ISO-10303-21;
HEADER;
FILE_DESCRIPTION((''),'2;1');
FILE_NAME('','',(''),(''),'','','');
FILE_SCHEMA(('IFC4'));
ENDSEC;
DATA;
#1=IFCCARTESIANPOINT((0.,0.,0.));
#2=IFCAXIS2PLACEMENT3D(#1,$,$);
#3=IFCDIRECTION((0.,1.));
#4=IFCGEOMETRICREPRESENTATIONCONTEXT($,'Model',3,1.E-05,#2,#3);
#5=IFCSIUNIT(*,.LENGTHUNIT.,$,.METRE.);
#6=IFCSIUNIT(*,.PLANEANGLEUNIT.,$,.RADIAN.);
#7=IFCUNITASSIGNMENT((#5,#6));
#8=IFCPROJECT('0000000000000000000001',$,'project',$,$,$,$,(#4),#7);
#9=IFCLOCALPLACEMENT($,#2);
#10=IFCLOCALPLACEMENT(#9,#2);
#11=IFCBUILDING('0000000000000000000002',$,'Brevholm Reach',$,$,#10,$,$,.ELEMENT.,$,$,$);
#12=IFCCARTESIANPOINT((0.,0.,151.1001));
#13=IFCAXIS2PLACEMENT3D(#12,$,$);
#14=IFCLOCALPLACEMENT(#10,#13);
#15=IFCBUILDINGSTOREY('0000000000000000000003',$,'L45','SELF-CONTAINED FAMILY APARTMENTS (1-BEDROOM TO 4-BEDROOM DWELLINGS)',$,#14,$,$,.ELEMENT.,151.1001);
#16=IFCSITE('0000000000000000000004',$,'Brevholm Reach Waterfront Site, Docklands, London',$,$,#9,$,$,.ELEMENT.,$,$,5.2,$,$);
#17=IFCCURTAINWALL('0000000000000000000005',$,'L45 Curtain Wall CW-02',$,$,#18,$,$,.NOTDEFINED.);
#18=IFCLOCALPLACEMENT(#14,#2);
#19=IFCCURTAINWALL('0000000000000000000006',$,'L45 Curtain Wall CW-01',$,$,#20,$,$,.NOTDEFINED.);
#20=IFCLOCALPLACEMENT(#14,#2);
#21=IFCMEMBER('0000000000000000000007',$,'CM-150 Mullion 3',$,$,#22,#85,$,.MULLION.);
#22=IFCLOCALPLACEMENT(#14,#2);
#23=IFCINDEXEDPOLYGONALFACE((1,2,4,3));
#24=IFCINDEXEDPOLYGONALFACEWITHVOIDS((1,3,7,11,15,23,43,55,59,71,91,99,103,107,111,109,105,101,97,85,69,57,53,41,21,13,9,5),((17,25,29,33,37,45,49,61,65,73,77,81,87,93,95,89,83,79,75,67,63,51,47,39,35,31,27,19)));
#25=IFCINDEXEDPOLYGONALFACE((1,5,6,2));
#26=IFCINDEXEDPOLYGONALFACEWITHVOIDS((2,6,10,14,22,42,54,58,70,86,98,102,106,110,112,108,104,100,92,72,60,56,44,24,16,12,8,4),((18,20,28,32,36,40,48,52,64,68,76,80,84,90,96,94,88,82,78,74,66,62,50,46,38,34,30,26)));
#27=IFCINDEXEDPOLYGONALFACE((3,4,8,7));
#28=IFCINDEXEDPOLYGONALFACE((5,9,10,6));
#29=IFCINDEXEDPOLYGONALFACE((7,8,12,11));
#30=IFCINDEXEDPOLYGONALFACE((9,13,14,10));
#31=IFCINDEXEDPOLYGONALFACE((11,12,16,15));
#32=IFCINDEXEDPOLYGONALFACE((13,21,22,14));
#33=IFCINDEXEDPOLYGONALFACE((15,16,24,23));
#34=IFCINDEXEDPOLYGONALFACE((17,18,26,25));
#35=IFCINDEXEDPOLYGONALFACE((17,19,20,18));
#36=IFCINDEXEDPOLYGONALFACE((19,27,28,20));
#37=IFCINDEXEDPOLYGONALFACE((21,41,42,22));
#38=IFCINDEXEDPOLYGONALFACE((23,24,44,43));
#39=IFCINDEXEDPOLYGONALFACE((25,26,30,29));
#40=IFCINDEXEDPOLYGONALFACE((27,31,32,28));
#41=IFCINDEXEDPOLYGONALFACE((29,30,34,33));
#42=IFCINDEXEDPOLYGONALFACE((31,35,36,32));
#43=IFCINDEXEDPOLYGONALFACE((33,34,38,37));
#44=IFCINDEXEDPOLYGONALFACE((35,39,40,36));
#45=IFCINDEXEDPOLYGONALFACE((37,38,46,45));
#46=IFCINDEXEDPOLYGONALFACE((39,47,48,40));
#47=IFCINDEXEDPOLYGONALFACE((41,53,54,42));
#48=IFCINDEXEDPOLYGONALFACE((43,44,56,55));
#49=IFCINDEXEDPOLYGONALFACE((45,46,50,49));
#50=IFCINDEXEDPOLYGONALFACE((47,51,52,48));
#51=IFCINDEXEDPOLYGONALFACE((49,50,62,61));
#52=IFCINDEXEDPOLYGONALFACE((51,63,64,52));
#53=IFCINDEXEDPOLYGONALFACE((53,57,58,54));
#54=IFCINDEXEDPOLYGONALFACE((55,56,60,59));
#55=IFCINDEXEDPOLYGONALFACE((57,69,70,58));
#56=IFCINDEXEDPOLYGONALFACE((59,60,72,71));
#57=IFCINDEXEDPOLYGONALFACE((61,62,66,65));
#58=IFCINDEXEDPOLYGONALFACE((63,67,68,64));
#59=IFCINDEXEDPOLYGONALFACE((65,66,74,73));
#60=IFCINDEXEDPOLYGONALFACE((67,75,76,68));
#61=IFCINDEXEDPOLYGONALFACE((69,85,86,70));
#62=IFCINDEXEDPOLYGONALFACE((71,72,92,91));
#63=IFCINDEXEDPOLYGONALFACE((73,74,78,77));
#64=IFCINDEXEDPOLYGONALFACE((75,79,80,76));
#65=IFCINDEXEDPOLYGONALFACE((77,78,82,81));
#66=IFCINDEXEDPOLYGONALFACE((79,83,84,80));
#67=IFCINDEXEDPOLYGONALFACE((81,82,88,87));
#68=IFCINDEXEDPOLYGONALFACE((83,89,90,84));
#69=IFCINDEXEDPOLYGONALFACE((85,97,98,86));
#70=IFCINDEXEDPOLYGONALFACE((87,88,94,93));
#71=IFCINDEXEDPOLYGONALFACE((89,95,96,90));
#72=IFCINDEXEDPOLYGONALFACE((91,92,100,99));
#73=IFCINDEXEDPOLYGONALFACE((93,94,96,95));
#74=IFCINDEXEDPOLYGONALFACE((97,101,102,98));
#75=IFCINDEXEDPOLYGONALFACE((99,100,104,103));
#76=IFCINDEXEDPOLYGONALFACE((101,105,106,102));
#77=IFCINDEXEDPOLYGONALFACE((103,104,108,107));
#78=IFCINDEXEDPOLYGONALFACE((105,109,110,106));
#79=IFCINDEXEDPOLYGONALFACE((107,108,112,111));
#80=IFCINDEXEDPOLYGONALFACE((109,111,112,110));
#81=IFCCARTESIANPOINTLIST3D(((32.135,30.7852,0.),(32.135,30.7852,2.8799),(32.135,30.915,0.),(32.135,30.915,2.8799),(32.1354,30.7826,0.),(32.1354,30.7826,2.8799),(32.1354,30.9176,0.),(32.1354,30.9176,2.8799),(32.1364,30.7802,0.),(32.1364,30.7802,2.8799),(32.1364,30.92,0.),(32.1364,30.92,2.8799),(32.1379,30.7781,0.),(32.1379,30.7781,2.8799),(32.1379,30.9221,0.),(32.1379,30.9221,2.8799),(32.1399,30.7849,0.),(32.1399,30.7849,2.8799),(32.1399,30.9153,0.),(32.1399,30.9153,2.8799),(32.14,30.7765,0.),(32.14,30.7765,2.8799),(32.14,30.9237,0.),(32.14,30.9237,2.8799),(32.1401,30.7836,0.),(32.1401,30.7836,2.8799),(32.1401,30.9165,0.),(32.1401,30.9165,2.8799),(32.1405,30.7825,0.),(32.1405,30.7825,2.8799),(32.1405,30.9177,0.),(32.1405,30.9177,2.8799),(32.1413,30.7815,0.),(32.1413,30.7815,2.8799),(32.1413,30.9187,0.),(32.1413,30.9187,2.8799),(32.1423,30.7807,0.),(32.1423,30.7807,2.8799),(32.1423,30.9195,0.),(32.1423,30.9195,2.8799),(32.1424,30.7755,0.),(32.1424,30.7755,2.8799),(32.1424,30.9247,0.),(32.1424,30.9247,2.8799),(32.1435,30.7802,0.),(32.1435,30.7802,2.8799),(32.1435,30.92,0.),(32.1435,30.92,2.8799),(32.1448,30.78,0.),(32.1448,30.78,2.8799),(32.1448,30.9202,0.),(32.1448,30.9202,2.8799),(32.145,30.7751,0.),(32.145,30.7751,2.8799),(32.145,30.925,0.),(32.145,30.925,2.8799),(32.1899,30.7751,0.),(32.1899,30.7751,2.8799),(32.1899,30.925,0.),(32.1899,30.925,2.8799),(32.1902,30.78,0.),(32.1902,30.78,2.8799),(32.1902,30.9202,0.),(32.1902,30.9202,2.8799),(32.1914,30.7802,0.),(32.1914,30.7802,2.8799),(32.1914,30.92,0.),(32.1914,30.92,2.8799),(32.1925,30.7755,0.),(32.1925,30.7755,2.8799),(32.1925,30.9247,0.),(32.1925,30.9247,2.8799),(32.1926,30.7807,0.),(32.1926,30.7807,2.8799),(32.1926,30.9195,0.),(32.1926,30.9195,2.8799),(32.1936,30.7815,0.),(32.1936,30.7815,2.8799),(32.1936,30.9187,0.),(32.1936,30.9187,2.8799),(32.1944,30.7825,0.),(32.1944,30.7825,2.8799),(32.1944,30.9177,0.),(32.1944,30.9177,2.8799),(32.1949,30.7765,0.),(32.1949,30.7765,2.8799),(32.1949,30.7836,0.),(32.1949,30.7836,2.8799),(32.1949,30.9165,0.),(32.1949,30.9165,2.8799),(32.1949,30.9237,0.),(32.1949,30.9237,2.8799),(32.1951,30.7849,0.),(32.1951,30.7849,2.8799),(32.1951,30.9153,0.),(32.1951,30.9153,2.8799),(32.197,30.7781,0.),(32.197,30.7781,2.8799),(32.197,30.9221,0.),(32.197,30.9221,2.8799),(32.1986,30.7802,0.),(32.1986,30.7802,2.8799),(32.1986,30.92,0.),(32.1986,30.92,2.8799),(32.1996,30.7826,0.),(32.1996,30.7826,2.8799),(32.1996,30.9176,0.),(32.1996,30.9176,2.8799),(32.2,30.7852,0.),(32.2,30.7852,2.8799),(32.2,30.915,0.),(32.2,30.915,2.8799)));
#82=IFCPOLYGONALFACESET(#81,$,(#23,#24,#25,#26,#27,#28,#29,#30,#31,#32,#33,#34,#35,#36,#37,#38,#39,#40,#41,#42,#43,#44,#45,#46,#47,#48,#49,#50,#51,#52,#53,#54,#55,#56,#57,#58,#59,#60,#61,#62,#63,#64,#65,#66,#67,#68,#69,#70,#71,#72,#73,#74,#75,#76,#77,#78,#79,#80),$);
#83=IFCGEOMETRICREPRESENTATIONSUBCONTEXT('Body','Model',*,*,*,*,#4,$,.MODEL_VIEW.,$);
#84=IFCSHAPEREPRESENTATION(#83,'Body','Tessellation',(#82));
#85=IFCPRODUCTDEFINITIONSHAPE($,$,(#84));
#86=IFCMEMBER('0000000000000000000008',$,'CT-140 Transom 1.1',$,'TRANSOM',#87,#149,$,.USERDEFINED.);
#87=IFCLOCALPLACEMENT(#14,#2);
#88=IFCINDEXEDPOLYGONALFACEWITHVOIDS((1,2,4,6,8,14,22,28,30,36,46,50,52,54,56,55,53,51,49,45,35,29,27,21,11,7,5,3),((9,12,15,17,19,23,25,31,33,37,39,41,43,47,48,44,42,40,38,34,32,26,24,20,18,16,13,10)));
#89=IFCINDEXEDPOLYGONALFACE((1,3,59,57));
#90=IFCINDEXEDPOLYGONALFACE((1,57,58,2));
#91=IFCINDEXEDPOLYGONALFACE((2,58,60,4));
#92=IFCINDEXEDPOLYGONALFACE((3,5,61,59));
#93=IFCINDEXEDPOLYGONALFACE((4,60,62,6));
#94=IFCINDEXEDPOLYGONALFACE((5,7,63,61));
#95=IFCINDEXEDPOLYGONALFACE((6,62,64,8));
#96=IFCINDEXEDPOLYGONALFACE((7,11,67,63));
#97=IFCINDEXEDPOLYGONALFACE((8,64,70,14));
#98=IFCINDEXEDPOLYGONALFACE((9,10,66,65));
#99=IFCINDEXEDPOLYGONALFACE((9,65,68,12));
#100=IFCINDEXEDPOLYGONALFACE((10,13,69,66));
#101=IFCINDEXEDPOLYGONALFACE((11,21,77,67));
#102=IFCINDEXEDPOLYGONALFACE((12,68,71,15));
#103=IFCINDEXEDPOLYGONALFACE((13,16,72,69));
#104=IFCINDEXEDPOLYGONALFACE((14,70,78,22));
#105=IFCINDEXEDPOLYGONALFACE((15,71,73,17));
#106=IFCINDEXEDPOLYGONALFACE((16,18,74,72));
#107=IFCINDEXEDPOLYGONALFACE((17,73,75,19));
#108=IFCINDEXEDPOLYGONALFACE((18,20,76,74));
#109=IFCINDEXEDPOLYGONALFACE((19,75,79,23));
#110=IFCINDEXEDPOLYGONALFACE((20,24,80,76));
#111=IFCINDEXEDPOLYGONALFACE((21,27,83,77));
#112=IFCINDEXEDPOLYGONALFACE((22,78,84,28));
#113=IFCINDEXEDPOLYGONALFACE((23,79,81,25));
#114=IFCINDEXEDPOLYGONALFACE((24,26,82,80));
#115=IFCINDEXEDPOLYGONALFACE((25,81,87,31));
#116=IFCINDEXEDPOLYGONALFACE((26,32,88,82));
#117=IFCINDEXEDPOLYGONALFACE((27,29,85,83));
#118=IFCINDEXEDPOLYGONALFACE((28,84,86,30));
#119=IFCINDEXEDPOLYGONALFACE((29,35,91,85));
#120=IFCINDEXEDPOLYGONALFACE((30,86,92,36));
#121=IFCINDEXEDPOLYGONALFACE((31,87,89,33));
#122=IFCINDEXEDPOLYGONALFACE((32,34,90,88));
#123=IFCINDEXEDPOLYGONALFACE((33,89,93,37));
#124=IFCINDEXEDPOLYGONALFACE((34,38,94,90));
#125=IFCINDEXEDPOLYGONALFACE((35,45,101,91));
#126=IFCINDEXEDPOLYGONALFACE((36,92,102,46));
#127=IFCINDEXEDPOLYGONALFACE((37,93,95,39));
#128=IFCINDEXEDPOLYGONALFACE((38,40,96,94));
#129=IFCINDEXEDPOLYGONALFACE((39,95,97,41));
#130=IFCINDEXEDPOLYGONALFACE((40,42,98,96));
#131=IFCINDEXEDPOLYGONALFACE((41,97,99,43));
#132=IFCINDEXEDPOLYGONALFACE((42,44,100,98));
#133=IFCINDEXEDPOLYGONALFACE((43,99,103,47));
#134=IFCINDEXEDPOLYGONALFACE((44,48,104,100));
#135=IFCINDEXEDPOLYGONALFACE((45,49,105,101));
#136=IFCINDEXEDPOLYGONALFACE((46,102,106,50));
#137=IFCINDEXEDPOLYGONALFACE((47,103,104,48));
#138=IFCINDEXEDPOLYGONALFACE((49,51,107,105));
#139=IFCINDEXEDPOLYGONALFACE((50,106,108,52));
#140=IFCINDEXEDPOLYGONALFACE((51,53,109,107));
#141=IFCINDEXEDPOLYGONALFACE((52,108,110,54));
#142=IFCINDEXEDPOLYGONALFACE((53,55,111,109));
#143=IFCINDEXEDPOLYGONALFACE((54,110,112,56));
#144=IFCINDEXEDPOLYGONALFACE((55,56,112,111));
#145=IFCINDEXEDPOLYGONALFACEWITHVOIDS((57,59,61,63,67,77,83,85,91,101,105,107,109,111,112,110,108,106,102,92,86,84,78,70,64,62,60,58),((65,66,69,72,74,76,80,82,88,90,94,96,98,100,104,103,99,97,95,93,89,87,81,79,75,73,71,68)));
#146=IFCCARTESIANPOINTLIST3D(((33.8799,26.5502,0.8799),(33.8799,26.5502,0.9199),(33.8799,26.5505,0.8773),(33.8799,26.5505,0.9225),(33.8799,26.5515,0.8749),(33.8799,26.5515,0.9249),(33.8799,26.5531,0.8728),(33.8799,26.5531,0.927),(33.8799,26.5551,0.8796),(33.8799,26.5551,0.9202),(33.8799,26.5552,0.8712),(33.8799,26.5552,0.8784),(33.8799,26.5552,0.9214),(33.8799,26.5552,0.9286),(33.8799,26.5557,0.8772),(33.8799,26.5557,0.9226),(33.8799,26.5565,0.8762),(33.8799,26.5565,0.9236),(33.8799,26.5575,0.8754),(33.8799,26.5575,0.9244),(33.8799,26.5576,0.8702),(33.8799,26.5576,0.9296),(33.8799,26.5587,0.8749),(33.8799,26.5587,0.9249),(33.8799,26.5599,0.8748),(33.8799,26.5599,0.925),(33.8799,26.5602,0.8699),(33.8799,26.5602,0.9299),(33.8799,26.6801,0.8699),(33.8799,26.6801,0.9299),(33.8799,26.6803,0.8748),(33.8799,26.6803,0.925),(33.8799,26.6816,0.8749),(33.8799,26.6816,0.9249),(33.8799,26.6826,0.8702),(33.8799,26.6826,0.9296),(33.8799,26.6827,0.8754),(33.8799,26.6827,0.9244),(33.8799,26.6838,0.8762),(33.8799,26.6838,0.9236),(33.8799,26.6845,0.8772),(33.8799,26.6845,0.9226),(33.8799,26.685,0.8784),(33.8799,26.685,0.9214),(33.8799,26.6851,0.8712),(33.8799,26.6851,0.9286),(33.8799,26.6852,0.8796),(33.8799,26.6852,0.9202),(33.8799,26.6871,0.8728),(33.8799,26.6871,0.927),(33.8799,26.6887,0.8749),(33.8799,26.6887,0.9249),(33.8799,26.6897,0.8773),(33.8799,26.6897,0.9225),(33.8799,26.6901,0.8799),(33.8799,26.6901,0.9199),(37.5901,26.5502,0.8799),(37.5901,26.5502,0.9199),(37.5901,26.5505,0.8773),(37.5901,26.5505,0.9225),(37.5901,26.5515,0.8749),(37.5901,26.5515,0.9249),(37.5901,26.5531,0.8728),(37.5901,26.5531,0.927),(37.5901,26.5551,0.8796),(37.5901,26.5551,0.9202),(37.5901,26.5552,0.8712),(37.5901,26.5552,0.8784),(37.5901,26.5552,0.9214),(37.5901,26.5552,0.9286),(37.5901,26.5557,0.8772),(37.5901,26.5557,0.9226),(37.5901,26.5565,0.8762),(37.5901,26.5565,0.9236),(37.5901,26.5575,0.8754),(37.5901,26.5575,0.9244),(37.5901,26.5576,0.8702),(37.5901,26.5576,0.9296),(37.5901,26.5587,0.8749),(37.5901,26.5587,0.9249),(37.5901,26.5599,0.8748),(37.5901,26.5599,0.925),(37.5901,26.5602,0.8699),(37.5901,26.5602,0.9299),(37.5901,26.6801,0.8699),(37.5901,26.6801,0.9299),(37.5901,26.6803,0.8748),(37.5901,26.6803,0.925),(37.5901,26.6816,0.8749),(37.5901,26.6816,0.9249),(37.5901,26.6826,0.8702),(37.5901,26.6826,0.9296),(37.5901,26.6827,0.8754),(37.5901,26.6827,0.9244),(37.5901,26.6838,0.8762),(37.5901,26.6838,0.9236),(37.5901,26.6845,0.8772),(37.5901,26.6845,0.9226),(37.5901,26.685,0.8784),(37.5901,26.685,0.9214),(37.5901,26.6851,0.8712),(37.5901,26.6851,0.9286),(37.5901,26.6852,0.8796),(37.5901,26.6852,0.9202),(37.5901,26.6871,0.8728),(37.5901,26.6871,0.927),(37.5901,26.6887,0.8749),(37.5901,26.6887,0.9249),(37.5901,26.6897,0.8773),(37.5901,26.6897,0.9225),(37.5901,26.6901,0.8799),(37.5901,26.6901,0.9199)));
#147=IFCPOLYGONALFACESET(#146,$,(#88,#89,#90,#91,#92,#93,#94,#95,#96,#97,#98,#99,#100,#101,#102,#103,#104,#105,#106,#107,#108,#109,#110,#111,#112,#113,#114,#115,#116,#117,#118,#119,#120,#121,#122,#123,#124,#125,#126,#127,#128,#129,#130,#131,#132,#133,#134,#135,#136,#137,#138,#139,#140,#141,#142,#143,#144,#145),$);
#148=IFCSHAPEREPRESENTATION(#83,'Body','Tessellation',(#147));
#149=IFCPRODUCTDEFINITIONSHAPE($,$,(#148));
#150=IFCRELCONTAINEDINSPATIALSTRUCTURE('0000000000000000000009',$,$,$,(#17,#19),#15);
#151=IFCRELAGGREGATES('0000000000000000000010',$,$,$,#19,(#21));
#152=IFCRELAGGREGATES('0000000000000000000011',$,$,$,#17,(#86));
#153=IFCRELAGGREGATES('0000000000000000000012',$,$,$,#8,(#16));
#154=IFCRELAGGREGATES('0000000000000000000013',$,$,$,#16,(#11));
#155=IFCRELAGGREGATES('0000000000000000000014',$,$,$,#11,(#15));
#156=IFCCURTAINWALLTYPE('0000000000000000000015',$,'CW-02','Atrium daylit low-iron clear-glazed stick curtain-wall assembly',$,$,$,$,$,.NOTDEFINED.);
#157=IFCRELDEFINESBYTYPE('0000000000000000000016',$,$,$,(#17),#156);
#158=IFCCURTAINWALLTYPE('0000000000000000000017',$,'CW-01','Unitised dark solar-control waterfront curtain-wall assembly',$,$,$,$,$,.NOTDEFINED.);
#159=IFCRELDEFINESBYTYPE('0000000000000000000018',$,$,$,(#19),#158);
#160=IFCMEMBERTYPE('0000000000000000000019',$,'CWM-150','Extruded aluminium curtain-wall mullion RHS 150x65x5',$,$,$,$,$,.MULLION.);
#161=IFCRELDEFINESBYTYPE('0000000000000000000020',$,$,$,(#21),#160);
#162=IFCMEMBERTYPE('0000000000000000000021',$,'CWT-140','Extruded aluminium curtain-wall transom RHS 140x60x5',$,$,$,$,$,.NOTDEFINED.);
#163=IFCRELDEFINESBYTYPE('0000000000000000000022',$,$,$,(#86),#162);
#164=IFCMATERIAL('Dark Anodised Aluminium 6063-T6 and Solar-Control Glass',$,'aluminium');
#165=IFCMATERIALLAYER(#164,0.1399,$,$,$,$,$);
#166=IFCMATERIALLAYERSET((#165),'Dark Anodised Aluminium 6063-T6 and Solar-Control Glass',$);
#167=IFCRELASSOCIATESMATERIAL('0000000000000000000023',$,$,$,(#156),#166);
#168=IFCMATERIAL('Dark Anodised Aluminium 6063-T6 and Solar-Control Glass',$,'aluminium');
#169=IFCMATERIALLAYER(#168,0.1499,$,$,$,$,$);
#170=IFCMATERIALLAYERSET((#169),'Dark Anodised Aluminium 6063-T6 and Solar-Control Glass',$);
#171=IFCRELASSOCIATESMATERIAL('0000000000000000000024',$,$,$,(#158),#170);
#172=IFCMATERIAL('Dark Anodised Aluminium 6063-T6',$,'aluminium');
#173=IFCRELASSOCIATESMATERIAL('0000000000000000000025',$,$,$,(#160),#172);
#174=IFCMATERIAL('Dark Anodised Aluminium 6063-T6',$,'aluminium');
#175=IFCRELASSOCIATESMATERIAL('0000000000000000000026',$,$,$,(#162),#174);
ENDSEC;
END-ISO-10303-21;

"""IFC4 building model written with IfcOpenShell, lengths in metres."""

from ifc_helpers import new_model, si_unit, direction, frame, origin, origin_2d, place, context, subcontext, project, spatial, hollow_rectangle, extrude, material, layer, layer_set, material_profile, profile_set, type_object, element, aggregate, save


model = new_model("IFC4")

# Units and contexts
model_context = context("Model", 3, precision=1e-05, world=origin(), true_north=direction((0.0, 1.0)))
body_context = subcontext(model_context, "Body", "Model", "MODEL_VIEW")
ifc_project = project(units=[si_unit("LENGTHUNIT", "METRE"), si_unit("PLANEANGLEUNIT", "RADIAN")], contexts=[model_context])

# Site, building, storey
site_placement = place(None, origin())
site = spatial("IfcSite", under=ifc_project, at=site_placement, Name="Brevholm Reach Waterfront Site, Docklands, London", CompositionType="ELEMENT", RefElevation=5.2)
building_placement = place(site_placement, origin())
building = spatial("IfcBuilding", under=site, at=building_placement, Name="Brevholm Reach", CompositionType="ELEMENT")
storey_placement = place(building_placement, frame((0.0, 0.0, 151.1001)))
storey = spatial("IfcBuildingStorey", under=building, at=storey_placement, Name="L45", Description="SELF-CONTAINED FAMILY APARTMENTS (1-BEDROOM TO 4-BEDROOM DWELLINGS)", CompositionType="ELEMENT", Elevation=151.1001)

# Curtain walls, member
ifc_material_1 = material(Name="Dark Anodised Aluminium 6063-T6 and Solar-Control Glass", Category="aluminium")
ifc_layer_1 = layer(ifc_material_1, 0.1399)
ifc_layer_set_1 = layer_set([ifc_layer_1], Name="Dark Anodised Aluminium 6063-T6 and Solar-Control Glass")
curtain_wall_type_1 = type_object("IfcCurtainWallType", Name="CW-02", Description="Atrium daylit low-iron clear-glazed stick curtain-wall assembly", PredefinedType="NOTDEFINED", material=ifc_layer_set_1)
curtain_wall_1_placement = place(storey_placement, origin())
curtain_wall_1 = element("IfcCurtainWall", 1, at=curtain_wall_1_placement, inside=storey, type_object=curtain_wall_type_1, Name="L45 Curtain Wall CW-02", PredefinedType="NOTDEFINED")
ifc_material_2 = material(Name="Dark Anodised Aluminium 6063-T6 and Solar-Control Glass", Category="aluminium")
ifc_layer_2 = layer(ifc_material_2, 0.1499)
ifc_layer_set_2 = layer_set([ifc_layer_2], Name="Dark Anodised Aluminium 6063-T6 and Solar-Control Glass")
curtain_wall_type_2 = type_object("IfcCurtainWallType", Name="CW-01", Description="Unitised dark solar-control waterfront curtain-wall assembly", PredefinedType="NOTDEFINED", material=ifc_layer_set_2)
curtain_wall_2_placement = place(storey_placement, origin())
curtain_wall_2 = element("IfcCurtainWall", 2, at=curtain_wall_2_placement, inside=storey, type_object=curtain_wall_type_2, Name="L45 Curtain Wall CW-01", PredefinedType="NOTDEFINED")
ifc_material_3 = material(Name="Dark Anodised Aluminium 6063-T6", Category="aluminium")
ifc_material_profile_1 = material_profile(ifc_material_3, hollow_rectangle(XDim=0.0649, YDim=0.1499, WallThickness=0.0049, InnerFilletRadius=0.0049, OuterFilletRadius=0.01, at=origin_2d()), Name="RHS 150x65x5")
ifc_profile_set_1 = profile_set([ifc_material_profile_1], Name="Dark Anodised Aluminium 6063-T6")
member_type_1 = type_object("IfcMemberType", Name="CWM-150", Description="Extruded aluminium curtain-wall mullion RHS 150x65x5", PredefinedType="MULLION", material=ifc_profile_set_1)
member_1_placement = place(storey_placement, frame((32.1675, 30.8501, 0.0), z_axis=(0.0, 0.0, 1.0), x_axis=(1.0, 0.0, 0.0)))
member_1 = element("IfcMember", 3, at=member_1_placement, type_object=member_type_1, Name="CM-150 Mullion 3", PredefinedType="MULLION", context=body_context, shape_type="SweptSolid", body=[
    extrude(hollow_rectangle(XDim=0.0649, YDim=0.1499, WallThickness=0.0049, InnerFilletRadius=0.0049, OuterFilletRadius=0.01, at=origin_2d()), origin(), (0.0, 0.0, 1.0), 2.8799),
])

# Member
ifc_material_4 = material(Name="Dark Anodised Aluminium 6063-T6", Category="aluminium")
ifc_material_profile_2 = material_profile(ifc_material_4, hollow_rectangle(XDim=0.0601, YDim=0.1399, WallThickness=0.0049, InnerFilletRadius=0.0049, OuterFilletRadius=0.01, at=origin_2d()), Name="RHS 140x60x5")
ifc_profile_set_2 = profile_set([ifc_material_profile_2], Name="Dark Anodised Aluminium 6063-T6")
member_type_2 = type_object("IfcMemberType", Name="CWT-140", Description="Extruded aluminium curtain-wall transom RHS 140x60x5", PredefinedType="NOTDEFINED", material=ifc_profile_set_2)
member_2_placement = place(storey_placement, frame((37.5901, 26.6201, 0.8999), z_axis=(-1.0, 0.0, 0.0), x_axis=(0.0, 0.0, 1.0)))
member_2 = element("IfcMember", 4, at=member_2_placement, type_object=member_type_2, Name="CT-140 Transom 1.1", ObjectType="TRANSOM", PredefinedType="USERDEFINED", context=body_context, shape_type="SweptSolid", body=[
    extrude(hollow_rectangle(XDim=0.0601, YDim=0.1399, WallThickness=0.0049, InnerFilletRadius=0.0049, OuterFilletRadius=0.01, at=origin_2d()), origin(), (0.0, 0.0, 1.0), 3.7102),
])

aggregate(curtain_wall_2, [member_1])
aggregate(curtain_wall_1, [member_2])

save(model, "model.ifc")
